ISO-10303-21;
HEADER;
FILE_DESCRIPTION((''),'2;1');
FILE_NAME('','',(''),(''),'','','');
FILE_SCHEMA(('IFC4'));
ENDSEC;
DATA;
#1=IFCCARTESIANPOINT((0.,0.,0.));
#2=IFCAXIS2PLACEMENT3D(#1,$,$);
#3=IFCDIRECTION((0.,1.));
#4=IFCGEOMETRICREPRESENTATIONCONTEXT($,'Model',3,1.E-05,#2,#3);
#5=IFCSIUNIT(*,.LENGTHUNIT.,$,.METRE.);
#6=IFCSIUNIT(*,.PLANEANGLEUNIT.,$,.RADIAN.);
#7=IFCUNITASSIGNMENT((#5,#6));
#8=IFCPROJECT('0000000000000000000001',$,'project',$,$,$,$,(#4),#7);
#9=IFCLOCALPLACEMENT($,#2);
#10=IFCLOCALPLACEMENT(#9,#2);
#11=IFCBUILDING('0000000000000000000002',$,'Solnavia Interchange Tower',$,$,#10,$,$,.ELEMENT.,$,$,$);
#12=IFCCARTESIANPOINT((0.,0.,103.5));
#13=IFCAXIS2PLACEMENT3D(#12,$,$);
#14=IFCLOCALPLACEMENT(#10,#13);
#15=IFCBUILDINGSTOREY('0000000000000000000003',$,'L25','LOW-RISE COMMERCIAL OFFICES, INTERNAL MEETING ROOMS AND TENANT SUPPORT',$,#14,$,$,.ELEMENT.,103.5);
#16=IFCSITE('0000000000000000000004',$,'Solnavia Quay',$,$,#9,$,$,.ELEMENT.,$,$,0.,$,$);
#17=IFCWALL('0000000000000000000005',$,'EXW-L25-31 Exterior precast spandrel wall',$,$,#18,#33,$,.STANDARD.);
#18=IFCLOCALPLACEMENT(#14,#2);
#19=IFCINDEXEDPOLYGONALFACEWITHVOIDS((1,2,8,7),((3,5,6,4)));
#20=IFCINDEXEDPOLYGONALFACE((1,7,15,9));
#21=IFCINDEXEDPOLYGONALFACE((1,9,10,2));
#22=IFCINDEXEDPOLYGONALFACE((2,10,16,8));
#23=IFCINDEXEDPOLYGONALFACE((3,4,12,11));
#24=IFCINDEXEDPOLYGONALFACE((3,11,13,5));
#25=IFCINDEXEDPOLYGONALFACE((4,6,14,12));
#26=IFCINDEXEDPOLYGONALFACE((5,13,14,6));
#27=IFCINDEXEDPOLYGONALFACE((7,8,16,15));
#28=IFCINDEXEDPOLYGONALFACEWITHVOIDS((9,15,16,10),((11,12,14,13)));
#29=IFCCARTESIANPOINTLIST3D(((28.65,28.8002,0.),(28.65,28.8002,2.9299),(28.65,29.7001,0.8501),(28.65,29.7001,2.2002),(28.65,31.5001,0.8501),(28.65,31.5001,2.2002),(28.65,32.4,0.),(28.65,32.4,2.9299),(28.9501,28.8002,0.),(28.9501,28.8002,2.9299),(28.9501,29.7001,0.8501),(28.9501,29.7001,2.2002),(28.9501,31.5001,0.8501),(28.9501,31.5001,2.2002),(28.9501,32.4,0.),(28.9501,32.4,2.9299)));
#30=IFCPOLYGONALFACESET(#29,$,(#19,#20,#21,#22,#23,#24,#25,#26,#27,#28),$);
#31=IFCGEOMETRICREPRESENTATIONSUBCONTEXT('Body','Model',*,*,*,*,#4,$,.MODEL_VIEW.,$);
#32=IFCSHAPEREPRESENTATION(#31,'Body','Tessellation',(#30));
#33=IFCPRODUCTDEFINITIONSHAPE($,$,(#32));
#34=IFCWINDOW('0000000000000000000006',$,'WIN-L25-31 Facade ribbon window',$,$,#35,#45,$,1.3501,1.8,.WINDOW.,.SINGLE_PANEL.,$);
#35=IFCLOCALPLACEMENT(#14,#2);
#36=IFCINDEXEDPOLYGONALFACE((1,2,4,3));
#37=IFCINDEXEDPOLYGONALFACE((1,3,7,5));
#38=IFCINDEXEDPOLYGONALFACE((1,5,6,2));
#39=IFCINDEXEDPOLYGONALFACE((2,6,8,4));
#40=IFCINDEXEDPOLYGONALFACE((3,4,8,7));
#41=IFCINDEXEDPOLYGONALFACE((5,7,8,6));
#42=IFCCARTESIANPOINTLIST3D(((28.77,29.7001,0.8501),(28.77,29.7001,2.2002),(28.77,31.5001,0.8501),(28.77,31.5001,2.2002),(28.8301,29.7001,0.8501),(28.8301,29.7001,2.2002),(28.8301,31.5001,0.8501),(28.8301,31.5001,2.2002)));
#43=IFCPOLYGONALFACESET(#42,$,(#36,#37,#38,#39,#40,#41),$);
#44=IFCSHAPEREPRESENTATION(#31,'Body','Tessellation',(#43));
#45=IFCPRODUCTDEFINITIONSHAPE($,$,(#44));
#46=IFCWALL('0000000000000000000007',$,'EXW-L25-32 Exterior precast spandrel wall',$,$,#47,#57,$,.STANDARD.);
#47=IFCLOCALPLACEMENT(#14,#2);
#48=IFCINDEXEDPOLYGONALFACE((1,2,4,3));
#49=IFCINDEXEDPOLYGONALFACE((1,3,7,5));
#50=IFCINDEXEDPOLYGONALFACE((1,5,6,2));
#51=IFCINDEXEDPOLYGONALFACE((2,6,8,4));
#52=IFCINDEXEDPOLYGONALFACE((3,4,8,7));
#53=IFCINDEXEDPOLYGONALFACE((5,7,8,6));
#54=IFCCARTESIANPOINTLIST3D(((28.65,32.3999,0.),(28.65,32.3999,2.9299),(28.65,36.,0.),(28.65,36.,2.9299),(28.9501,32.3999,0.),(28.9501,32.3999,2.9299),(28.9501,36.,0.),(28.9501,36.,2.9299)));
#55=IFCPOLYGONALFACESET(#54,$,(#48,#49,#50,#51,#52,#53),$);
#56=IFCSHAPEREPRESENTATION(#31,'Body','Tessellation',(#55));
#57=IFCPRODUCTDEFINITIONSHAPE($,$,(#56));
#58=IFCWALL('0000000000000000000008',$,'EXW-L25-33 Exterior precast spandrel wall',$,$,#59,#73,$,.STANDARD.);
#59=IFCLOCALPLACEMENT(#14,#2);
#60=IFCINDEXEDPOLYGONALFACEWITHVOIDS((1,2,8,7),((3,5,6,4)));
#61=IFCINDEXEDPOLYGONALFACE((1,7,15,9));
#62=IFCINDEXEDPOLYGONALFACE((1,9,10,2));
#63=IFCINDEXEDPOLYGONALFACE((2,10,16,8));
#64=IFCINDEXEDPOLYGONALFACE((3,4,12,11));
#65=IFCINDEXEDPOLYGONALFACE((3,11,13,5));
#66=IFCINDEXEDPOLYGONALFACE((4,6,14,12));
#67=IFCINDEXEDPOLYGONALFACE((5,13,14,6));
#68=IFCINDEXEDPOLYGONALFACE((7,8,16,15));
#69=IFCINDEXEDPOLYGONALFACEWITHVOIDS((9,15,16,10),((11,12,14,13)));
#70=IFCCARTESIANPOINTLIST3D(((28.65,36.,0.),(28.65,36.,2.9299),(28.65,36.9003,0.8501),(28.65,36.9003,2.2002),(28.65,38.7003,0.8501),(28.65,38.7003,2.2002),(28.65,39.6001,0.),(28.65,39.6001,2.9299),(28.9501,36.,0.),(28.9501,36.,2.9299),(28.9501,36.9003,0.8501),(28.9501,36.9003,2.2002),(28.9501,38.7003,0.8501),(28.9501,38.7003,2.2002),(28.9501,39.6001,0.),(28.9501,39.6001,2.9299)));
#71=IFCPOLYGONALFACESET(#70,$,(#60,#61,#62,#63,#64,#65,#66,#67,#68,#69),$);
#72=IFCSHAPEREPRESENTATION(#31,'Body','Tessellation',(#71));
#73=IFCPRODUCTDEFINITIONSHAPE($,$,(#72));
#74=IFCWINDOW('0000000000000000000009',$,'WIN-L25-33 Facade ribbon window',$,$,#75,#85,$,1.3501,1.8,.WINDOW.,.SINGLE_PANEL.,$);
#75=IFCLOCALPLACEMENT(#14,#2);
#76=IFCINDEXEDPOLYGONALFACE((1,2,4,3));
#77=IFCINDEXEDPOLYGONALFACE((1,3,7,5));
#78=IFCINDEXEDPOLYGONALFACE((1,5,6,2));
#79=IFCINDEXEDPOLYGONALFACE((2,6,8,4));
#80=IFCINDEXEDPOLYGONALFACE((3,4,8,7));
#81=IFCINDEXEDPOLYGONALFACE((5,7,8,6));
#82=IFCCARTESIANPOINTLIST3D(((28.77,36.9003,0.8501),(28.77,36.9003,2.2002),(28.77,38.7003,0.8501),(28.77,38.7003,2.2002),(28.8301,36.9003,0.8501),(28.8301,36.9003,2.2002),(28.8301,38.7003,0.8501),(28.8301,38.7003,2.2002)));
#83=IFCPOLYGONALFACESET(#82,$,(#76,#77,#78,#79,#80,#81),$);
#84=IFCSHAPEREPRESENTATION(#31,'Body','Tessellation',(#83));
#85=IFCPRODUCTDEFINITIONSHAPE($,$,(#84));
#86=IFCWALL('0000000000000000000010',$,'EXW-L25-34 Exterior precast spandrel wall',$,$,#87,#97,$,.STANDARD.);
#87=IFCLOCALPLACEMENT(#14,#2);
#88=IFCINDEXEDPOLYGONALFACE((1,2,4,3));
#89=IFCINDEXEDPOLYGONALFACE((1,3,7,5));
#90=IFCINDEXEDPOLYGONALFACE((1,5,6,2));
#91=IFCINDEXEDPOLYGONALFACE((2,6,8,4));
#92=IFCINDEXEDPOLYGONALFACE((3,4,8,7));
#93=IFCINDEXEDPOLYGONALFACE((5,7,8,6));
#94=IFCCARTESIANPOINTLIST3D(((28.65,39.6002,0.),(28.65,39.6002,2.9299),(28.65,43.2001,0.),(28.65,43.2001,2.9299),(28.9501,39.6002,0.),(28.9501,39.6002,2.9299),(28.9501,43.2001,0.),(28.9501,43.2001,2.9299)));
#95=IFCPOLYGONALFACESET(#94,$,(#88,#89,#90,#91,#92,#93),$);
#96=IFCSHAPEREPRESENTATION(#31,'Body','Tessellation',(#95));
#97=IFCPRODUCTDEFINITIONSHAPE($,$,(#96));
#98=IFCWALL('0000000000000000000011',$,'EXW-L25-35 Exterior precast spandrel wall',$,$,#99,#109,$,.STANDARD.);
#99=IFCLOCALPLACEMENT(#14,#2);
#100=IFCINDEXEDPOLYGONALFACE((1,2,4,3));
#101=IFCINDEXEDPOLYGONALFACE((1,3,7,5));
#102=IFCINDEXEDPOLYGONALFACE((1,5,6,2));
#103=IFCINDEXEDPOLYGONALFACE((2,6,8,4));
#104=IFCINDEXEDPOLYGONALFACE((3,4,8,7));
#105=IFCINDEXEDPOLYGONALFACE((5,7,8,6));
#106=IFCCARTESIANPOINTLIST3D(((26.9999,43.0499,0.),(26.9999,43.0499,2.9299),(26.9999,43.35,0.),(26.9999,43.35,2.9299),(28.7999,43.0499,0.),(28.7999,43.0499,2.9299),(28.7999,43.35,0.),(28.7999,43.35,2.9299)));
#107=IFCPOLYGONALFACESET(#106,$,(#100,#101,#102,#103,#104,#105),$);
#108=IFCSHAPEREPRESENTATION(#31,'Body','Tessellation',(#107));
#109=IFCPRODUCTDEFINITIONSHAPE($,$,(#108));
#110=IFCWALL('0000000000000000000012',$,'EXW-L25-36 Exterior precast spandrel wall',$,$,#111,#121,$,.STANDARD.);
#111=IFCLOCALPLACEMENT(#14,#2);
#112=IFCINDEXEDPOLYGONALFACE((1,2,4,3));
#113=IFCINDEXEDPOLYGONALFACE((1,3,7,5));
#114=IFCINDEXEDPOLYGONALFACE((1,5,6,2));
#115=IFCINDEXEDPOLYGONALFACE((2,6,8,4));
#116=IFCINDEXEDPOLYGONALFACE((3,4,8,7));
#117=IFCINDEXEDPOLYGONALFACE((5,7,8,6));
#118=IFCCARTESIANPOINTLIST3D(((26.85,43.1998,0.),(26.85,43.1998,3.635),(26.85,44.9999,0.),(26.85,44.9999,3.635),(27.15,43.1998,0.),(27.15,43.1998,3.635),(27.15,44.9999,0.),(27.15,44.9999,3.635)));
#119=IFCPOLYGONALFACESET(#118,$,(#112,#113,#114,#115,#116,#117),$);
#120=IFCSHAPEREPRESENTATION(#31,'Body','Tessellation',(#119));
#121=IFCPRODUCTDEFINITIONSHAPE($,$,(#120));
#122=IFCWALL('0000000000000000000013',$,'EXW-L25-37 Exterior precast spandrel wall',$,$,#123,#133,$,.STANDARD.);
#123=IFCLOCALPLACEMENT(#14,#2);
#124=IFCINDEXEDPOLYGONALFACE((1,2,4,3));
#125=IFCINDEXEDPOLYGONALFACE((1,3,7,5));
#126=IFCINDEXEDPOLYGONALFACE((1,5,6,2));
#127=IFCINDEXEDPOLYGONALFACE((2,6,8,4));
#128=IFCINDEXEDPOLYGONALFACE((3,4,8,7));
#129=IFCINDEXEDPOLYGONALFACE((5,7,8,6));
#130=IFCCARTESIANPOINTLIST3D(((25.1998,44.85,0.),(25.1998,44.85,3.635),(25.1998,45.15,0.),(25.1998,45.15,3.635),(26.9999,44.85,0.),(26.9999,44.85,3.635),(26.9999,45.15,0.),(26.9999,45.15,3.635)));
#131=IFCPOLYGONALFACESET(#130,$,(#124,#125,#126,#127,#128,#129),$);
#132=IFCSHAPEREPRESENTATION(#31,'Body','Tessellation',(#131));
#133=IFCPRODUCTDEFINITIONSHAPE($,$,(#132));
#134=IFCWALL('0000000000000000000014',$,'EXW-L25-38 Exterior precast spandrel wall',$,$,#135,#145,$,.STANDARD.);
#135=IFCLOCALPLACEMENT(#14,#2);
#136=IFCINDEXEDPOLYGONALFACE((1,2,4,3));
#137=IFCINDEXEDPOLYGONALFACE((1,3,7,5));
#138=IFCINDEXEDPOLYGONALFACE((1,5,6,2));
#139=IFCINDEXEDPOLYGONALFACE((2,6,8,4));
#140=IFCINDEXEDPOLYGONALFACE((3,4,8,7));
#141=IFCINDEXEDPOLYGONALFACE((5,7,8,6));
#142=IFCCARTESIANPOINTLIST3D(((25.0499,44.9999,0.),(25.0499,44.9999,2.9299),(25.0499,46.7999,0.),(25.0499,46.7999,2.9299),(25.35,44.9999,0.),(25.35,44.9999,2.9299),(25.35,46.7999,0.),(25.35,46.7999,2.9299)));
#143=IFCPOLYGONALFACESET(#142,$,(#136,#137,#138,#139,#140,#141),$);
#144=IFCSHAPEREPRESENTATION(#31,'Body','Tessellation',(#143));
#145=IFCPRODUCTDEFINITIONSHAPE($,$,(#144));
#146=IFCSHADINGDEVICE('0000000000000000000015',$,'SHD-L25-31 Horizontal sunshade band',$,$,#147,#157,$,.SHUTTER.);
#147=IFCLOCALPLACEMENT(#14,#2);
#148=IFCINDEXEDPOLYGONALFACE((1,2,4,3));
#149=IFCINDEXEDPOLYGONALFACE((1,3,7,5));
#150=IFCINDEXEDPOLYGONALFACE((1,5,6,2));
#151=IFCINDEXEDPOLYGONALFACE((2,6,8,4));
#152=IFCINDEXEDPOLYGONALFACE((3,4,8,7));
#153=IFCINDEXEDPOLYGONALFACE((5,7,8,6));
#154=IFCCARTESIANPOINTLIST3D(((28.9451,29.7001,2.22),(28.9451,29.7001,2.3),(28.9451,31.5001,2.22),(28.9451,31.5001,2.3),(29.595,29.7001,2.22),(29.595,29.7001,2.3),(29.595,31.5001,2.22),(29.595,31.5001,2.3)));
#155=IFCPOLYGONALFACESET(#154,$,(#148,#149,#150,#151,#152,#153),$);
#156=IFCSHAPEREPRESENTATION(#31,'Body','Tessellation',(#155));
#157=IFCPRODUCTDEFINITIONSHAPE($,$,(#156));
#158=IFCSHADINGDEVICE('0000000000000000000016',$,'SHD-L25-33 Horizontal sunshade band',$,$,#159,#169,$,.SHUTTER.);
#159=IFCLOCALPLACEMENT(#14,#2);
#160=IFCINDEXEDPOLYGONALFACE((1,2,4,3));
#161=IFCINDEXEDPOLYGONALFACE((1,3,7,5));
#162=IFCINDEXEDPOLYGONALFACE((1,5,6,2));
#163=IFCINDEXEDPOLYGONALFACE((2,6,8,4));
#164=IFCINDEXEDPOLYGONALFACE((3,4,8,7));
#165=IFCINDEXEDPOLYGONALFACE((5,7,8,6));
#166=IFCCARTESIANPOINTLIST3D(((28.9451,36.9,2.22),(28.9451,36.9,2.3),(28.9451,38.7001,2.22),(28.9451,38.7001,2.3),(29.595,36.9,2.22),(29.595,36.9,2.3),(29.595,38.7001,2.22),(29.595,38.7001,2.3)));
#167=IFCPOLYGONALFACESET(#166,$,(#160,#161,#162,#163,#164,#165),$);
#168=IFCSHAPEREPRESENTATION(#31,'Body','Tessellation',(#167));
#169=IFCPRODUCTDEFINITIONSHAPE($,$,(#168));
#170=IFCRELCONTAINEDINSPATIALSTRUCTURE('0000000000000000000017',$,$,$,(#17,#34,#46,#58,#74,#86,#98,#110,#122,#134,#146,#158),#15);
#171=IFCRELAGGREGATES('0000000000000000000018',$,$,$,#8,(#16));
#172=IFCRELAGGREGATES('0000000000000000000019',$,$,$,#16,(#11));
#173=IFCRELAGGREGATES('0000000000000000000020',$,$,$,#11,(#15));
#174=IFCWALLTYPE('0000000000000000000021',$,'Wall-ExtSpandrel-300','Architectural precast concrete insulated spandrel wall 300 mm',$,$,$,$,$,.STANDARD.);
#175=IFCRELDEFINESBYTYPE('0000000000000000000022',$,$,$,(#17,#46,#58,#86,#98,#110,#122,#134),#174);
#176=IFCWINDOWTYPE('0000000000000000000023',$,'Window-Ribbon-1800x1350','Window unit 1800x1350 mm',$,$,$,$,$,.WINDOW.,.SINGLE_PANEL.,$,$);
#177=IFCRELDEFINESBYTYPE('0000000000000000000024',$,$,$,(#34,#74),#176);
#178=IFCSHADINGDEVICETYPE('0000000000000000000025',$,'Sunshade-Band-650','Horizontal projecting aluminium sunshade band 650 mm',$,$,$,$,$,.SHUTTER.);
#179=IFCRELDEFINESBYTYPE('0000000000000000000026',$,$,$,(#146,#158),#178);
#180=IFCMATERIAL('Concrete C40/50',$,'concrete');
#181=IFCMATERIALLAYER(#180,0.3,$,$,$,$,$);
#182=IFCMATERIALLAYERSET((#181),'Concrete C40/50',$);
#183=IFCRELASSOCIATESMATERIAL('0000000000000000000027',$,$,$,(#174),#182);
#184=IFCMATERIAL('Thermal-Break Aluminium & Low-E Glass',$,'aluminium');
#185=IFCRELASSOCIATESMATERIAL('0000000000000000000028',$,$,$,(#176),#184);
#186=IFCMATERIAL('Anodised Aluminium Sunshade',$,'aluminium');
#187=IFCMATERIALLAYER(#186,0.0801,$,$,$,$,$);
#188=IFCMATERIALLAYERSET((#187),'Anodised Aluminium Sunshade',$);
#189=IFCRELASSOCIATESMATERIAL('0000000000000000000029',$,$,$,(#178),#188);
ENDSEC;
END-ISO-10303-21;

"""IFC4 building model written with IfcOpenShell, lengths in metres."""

from ifc_helpers import new_model, si_unit, direction, frame, frame_2d, origin, origin_2d, place, context, subcontext, project, spatial, rectangle, extrude, material, layer, layer_set, type_object, element, fill, save


model = new_model("IFC4")

# Units and contexts
model_context = context("Model", 3, precision=1e-05, world=origin(), true_north=direction((0.0, 1.0)))
body_context = subcontext(model_context, "Body", "Model", "MODEL_VIEW")
ifc_project = project(units=[si_unit("LENGTHUNIT", "METRE"), si_unit("PLANEANGLEUNIT", "RADIAN")], contexts=[model_context])

# Site, building, storey
site_placement = place(None, origin())
site = spatial("IfcSite", under=ifc_project, at=site_placement, Name="Solnavia Quay", CompositionType="ELEMENT", RefElevation=0.0)
building_placement = place(site_placement, origin())
building = spatial("IfcBuilding", under=site, at=building_placement, Name="Solnavia Interchange Tower", CompositionType="ELEMENT")
storey_placement = place(building_placement, frame((0.0, 0.0, 103.5)))
storey = spatial("IfcBuildingStorey", under=building, at=storey_placement, Name="L25", Description="LOW-RISE COMMERCIAL OFFICES, INTERNAL MEETING ROOMS AND TENANT SUPPORT", CompositionType="ELEMENT", Elevation=103.5)

# Shared definitions
ifc_material_1 = material(Name="Concrete C40/50", Category="concrete")
ifc_layer_1 = layer(ifc_material_1, 0.3)
ifc_layer_set_1 = layer_set([ifc_layer_1], Name="Concrete C40/50")
wall_type = type_object("IfcWallType", Name="Wall-ExtSpandrel-300", Description="Architectural precast concrete insulated spandrel wall 300 mm", PredefinedType="STANDARD", material=ifc_layer_set_1)

# Wall, opening, window
wall_1_placement = place(storey_placement, frame((28.8, 32.3999, 0.0), z_axis=(0.0, 0.0, 1.0), x_axis=(0.0, -1.0, 0.0)))
wall_1 = element("IfcWall", 1, at=wall_1_placement, inside=storey, type_object=wall_type, Name="EXW-L25-31 Exterior precast spandrel wall", PredefinedType="STANDARD", context=body_context, shape_type="SweptSolid", body=[
    extrude(rectangle(XDim=3.5999, YDim=0.3, at=frame_2d((1.7998, 0.0))), origin(), (0.0, 0.0, 1.0), 2.9299),
])
opening_1_placement = place(wall_1_placement, frame((0.8999, 0.0, 0.8501)))
opening_1 = element("IfcOpeningElement", 2, at=opening_1_placement, cuts=wall_1, PredefinedType="OPENING", context=body_context, shape_type="SweptSolid", body=[
    extrude(rectangle(XDim=1.8, YDim=1.3501, at=frame_2d((0.8999, 0.675))), frame((0.0, 0.1602, 0.0), z_axis=(0.0, -1.0, 0.0), x_axis=(1.0, 0.0, 0.0)), (0.0, 0.0, 1.0), 0.3201),
])
ifc_material_2 = material(Name="Thermal-Break Aluminium & Low-E Glass", Category="aluminium")
window_type = type_object("IfcWindowType", Name="Window-Ribbon-1800x1350", Description="Window unit 1800x1350 mm", PartitioningType="SINGLE_PANEL", PredefinedType="WINDOW", material=ifc_material_2)
window_1_placement = place(opening_1_placement, origin())
window_1 = element("IfcWindow", 3, at=window_1_placement, inside=storey, type_object=window_type, Name="WIN-L25-31 Facade ribbon window", OverallHeight=1.3501, OverallWidth=1.8, PartitioningType="SINGLE_PANEL", PredefinedType="WINDOW", context=body_context, shape_type="SweptSolid", body=[
    extrude(rectangle(XDim=1.8, YDim=1.3501, at=frame_2d((0.8999, 0.675))), frame((0.0, 0.03, 0.0), z_axis=(0.0, -1.0, 0.0), x_axis=(1.0, 0.0, 0.0)), (0.0, 0.0, 1.0), 0.0601),
])
fill(opening_1, window_1)

# Wall
wall_2_placement = place(storey_placement, frame((28.8, 36.0, 0.0), z_axis=(0.0, 0.0, 1.0), x_axis=(0.0, -1.0, 0.0)))
element("IfcWall", 4, at=wall_2_placement, inside=storey, type_object=wall_type, Name="EXW-L25-32 Exterior precast spandrel wall", PredefinedType="STANDARD", context=body_context, shape_type="SweptSolid", body=[
    extrude(rectangle(XDim=3.6001, YDim=0.3, at=frame_2d((1.8, 0.0))), origin(), (0.0, 0.0, 1.0), 2.9299),
])

# Wall, opening, window
wall_3_placement = place(storey_placement, frame((28.8, 39.6001, 0.0), z_axis=(0.0, 0.0, 1.0), x_axis=(0.0, -1.0, 0.0)))
wall_3 = element("IfcWall", 5, at=wall_3_placement, inside=storey, type_object=wall_type, Name="EXW-L25-33 Exterior precast spandrel wall", PredefinedType="STANDARD", context=body_context, shape_type="SweptSolid", body=[
    extrude(rectangle(XDim=3.6001, YDim=0.3, at=frame_2d((1.8, 0.0))), origin(), (0.0, 0.0, 1.0), 2.9299),
])
opening_2_placement = place(wall_3_placement, frame((0.8999, 0.0, 0.8501)))
opening_2 = element("IfcOpeningElement", 6, at=opening_2_placement, cuts=wall_3, PredefinedType="OPENING", context=body_context, shape_type="SweptSolid", body=[
    extrude(rectangle(XDim=1.8, YDim=1.3501, at=frame_2d((0.8999, 0.675))), frame((0.0, 0.1602, 0.0), z_axis=(0.0, -1.0, 0.0), x_axis=(1.0, 0.0, 0.0)), (0.0, 0.0, 1.0), 0.3201),
])
window_2_placement = place(opening_2_placement, origin())
window_2 = element("IfcWindow", 7, at=window_2_placement, inside=storey, type_object=window_type, Name="WIN-L25-33 Facade ribbon window", OverallHeight=1.3501, OverallWidth=1.8, PartitioningType="SINGLE_PANEL", PredefinedType="WINDOW", context=body_context, shape_type="SweptSolid", body=[
    extrude(rectangle(XDim=1.8, YDim=1.3501, at=frame_2d((0.8999, 0.675))), frame((0.0, 0.03, 0.0), z_axis=(0.0, -1.0, 0.0), x_axis=(1.0, 0.0, 0.0)), (0.0, 0.0, 1.0), 0.0601),
])
fill(opening_2, window_2)

# Walls
wall_4_placement = place(storey_placement, frame((28.8, 43.2, 0.0), z_axis=(0.0, 0.0, 1.0), x_axis=(0.0, -1.0, 0.0)))
element("IfcWall", 8, at=wall_4_placement, inside=storey, type_object=wall_type, Name="EXW-L25-34 Exterior precast spandrel wall", PredefinedType="STANDARD", context=body_context, shape_type="SweptSolid", body=[
    extrude(rectangle(XDim=3.5999, YDim=0.3, at=frame_2d((1.7998, 0.0))), origin(), (0.0, 0.0, 1.0), 2.9299),
])
wall_5_placement = place(storey_placement, frame((27.0, 43.2, 0.0), z_axis=(0.0, 0.0, 1.0), x_axis=(1.0, 0.0, 0.0)))
element("IfcWall", 9, at=wall_5_placement, inside=storey, type_object=wall_type, Name="EXW-L25-35 Exterior precast spandrel wall", PredefinedType="STANDARD", context=body_context, shape_type="SweptSolid", body=[
    extrude(rectangle(XDim=1.8, YDim=0.3, at=frame_2d((0.8999, 0.0))), origin(), (0.0, 0.0, 1.0), 2.9299),
])
for number, where, z_axis, x_axis, name in (
    (10, (27.0, 43.2, 0.0), (0.0, 0.0, 1.0), (0.0, 1.0, 0.0), "EXW-L25-36 Exterior precast spandrel wall"),
    (11, (25.2, 45.0, 0.0), (0.0, 0.0, 1.0), (1.0, 0.0, 0.0), "EXW-L25-37 Exterior precast spandrel wall"),
):
    element("IfcWall", number, at=place(storey_placement, frame(where, z_axis=z_axis, x_axis=x_axis)), inside=storey, type_object=wall_type, Name=name, PredefinedType="STANDARD", context=body_context, shape_type="SweptSolid", body=[
        extrude(rectangle(XDim=1.8, YDim=0.3, at=frame_2d((0.8999, 0.0))), origin(), (0.0, 0.0, 1.0), 3.635),
    ])
wall_6_placement = place(storey_placement, frame((25.2, 45.0, 0.0), z_axis=(0.0, 0.0, 1.0), x_axis=(0.0, 1.0, 0.0)))
element("IfcWall", 12, at=wall_6_placement, inside=storey, type_object=wall_type, Name="EXW-L25-38 Exterior precast spandrel wall", PredefinedType="STANDARD", context=body_context, shape_type="SweptSolid", body=[
    extrude(rectangle(XDim=1.8, YDim=0.3, at=frame_2d((0.8999, 0.0))), origin(), (0.0, 0.0, 1.0), 2.9299),
])

# Shading devices
ifc_material_3 = material(Name="Anodised Aluminium Sunshade", Category="aluminium")
ifc_layer_2 = layer(ifc_material_3, 0.0801)
ifc_layer_set_2 = layer_set([ifc_layer_2], Name="Anodised Aluminium Sunshade")
shading_device_type = type_object("IfcShadingDeviceType", Name="Sunshade-Band-650", Description="Horizontal projecting aluminium sunshade band 650 mm", PredefinedType="SHUTTER", material=ifc_layer_set_2)
for number, where, z_axis, x_axis, name in (
    (13, (29.27, 30.6001, 2.22), (0.0, 0.0, 1.0), (0.0, -1.0, 0.0), "SHD-L25-31 Horizontal sunshade band"),
    (14, (29.27, 37.8, 2.22), (0.0, 0.0, 1.0), (0.0, -1.0, 0.0), "SHD-L25-33 Horizontal sunshade band"),
):
    element("IfcShadingDevice", number, at=place(storey_placement, frame(where, z_axis=z_axis, x_axis=x_axis)), inside=storey, type_object=shading_device_type, Name=name, PredefinedType="SHUTTER", context=body_context, shape_type="SweptSolid", body=[
        extrude(rectangle(XDim=1.8, YDim=0.6499, at=origin_2d()), origin(), (0.0, 0.0, 1.0), 0.0801),
    ])

save(model, "model.ifc")
